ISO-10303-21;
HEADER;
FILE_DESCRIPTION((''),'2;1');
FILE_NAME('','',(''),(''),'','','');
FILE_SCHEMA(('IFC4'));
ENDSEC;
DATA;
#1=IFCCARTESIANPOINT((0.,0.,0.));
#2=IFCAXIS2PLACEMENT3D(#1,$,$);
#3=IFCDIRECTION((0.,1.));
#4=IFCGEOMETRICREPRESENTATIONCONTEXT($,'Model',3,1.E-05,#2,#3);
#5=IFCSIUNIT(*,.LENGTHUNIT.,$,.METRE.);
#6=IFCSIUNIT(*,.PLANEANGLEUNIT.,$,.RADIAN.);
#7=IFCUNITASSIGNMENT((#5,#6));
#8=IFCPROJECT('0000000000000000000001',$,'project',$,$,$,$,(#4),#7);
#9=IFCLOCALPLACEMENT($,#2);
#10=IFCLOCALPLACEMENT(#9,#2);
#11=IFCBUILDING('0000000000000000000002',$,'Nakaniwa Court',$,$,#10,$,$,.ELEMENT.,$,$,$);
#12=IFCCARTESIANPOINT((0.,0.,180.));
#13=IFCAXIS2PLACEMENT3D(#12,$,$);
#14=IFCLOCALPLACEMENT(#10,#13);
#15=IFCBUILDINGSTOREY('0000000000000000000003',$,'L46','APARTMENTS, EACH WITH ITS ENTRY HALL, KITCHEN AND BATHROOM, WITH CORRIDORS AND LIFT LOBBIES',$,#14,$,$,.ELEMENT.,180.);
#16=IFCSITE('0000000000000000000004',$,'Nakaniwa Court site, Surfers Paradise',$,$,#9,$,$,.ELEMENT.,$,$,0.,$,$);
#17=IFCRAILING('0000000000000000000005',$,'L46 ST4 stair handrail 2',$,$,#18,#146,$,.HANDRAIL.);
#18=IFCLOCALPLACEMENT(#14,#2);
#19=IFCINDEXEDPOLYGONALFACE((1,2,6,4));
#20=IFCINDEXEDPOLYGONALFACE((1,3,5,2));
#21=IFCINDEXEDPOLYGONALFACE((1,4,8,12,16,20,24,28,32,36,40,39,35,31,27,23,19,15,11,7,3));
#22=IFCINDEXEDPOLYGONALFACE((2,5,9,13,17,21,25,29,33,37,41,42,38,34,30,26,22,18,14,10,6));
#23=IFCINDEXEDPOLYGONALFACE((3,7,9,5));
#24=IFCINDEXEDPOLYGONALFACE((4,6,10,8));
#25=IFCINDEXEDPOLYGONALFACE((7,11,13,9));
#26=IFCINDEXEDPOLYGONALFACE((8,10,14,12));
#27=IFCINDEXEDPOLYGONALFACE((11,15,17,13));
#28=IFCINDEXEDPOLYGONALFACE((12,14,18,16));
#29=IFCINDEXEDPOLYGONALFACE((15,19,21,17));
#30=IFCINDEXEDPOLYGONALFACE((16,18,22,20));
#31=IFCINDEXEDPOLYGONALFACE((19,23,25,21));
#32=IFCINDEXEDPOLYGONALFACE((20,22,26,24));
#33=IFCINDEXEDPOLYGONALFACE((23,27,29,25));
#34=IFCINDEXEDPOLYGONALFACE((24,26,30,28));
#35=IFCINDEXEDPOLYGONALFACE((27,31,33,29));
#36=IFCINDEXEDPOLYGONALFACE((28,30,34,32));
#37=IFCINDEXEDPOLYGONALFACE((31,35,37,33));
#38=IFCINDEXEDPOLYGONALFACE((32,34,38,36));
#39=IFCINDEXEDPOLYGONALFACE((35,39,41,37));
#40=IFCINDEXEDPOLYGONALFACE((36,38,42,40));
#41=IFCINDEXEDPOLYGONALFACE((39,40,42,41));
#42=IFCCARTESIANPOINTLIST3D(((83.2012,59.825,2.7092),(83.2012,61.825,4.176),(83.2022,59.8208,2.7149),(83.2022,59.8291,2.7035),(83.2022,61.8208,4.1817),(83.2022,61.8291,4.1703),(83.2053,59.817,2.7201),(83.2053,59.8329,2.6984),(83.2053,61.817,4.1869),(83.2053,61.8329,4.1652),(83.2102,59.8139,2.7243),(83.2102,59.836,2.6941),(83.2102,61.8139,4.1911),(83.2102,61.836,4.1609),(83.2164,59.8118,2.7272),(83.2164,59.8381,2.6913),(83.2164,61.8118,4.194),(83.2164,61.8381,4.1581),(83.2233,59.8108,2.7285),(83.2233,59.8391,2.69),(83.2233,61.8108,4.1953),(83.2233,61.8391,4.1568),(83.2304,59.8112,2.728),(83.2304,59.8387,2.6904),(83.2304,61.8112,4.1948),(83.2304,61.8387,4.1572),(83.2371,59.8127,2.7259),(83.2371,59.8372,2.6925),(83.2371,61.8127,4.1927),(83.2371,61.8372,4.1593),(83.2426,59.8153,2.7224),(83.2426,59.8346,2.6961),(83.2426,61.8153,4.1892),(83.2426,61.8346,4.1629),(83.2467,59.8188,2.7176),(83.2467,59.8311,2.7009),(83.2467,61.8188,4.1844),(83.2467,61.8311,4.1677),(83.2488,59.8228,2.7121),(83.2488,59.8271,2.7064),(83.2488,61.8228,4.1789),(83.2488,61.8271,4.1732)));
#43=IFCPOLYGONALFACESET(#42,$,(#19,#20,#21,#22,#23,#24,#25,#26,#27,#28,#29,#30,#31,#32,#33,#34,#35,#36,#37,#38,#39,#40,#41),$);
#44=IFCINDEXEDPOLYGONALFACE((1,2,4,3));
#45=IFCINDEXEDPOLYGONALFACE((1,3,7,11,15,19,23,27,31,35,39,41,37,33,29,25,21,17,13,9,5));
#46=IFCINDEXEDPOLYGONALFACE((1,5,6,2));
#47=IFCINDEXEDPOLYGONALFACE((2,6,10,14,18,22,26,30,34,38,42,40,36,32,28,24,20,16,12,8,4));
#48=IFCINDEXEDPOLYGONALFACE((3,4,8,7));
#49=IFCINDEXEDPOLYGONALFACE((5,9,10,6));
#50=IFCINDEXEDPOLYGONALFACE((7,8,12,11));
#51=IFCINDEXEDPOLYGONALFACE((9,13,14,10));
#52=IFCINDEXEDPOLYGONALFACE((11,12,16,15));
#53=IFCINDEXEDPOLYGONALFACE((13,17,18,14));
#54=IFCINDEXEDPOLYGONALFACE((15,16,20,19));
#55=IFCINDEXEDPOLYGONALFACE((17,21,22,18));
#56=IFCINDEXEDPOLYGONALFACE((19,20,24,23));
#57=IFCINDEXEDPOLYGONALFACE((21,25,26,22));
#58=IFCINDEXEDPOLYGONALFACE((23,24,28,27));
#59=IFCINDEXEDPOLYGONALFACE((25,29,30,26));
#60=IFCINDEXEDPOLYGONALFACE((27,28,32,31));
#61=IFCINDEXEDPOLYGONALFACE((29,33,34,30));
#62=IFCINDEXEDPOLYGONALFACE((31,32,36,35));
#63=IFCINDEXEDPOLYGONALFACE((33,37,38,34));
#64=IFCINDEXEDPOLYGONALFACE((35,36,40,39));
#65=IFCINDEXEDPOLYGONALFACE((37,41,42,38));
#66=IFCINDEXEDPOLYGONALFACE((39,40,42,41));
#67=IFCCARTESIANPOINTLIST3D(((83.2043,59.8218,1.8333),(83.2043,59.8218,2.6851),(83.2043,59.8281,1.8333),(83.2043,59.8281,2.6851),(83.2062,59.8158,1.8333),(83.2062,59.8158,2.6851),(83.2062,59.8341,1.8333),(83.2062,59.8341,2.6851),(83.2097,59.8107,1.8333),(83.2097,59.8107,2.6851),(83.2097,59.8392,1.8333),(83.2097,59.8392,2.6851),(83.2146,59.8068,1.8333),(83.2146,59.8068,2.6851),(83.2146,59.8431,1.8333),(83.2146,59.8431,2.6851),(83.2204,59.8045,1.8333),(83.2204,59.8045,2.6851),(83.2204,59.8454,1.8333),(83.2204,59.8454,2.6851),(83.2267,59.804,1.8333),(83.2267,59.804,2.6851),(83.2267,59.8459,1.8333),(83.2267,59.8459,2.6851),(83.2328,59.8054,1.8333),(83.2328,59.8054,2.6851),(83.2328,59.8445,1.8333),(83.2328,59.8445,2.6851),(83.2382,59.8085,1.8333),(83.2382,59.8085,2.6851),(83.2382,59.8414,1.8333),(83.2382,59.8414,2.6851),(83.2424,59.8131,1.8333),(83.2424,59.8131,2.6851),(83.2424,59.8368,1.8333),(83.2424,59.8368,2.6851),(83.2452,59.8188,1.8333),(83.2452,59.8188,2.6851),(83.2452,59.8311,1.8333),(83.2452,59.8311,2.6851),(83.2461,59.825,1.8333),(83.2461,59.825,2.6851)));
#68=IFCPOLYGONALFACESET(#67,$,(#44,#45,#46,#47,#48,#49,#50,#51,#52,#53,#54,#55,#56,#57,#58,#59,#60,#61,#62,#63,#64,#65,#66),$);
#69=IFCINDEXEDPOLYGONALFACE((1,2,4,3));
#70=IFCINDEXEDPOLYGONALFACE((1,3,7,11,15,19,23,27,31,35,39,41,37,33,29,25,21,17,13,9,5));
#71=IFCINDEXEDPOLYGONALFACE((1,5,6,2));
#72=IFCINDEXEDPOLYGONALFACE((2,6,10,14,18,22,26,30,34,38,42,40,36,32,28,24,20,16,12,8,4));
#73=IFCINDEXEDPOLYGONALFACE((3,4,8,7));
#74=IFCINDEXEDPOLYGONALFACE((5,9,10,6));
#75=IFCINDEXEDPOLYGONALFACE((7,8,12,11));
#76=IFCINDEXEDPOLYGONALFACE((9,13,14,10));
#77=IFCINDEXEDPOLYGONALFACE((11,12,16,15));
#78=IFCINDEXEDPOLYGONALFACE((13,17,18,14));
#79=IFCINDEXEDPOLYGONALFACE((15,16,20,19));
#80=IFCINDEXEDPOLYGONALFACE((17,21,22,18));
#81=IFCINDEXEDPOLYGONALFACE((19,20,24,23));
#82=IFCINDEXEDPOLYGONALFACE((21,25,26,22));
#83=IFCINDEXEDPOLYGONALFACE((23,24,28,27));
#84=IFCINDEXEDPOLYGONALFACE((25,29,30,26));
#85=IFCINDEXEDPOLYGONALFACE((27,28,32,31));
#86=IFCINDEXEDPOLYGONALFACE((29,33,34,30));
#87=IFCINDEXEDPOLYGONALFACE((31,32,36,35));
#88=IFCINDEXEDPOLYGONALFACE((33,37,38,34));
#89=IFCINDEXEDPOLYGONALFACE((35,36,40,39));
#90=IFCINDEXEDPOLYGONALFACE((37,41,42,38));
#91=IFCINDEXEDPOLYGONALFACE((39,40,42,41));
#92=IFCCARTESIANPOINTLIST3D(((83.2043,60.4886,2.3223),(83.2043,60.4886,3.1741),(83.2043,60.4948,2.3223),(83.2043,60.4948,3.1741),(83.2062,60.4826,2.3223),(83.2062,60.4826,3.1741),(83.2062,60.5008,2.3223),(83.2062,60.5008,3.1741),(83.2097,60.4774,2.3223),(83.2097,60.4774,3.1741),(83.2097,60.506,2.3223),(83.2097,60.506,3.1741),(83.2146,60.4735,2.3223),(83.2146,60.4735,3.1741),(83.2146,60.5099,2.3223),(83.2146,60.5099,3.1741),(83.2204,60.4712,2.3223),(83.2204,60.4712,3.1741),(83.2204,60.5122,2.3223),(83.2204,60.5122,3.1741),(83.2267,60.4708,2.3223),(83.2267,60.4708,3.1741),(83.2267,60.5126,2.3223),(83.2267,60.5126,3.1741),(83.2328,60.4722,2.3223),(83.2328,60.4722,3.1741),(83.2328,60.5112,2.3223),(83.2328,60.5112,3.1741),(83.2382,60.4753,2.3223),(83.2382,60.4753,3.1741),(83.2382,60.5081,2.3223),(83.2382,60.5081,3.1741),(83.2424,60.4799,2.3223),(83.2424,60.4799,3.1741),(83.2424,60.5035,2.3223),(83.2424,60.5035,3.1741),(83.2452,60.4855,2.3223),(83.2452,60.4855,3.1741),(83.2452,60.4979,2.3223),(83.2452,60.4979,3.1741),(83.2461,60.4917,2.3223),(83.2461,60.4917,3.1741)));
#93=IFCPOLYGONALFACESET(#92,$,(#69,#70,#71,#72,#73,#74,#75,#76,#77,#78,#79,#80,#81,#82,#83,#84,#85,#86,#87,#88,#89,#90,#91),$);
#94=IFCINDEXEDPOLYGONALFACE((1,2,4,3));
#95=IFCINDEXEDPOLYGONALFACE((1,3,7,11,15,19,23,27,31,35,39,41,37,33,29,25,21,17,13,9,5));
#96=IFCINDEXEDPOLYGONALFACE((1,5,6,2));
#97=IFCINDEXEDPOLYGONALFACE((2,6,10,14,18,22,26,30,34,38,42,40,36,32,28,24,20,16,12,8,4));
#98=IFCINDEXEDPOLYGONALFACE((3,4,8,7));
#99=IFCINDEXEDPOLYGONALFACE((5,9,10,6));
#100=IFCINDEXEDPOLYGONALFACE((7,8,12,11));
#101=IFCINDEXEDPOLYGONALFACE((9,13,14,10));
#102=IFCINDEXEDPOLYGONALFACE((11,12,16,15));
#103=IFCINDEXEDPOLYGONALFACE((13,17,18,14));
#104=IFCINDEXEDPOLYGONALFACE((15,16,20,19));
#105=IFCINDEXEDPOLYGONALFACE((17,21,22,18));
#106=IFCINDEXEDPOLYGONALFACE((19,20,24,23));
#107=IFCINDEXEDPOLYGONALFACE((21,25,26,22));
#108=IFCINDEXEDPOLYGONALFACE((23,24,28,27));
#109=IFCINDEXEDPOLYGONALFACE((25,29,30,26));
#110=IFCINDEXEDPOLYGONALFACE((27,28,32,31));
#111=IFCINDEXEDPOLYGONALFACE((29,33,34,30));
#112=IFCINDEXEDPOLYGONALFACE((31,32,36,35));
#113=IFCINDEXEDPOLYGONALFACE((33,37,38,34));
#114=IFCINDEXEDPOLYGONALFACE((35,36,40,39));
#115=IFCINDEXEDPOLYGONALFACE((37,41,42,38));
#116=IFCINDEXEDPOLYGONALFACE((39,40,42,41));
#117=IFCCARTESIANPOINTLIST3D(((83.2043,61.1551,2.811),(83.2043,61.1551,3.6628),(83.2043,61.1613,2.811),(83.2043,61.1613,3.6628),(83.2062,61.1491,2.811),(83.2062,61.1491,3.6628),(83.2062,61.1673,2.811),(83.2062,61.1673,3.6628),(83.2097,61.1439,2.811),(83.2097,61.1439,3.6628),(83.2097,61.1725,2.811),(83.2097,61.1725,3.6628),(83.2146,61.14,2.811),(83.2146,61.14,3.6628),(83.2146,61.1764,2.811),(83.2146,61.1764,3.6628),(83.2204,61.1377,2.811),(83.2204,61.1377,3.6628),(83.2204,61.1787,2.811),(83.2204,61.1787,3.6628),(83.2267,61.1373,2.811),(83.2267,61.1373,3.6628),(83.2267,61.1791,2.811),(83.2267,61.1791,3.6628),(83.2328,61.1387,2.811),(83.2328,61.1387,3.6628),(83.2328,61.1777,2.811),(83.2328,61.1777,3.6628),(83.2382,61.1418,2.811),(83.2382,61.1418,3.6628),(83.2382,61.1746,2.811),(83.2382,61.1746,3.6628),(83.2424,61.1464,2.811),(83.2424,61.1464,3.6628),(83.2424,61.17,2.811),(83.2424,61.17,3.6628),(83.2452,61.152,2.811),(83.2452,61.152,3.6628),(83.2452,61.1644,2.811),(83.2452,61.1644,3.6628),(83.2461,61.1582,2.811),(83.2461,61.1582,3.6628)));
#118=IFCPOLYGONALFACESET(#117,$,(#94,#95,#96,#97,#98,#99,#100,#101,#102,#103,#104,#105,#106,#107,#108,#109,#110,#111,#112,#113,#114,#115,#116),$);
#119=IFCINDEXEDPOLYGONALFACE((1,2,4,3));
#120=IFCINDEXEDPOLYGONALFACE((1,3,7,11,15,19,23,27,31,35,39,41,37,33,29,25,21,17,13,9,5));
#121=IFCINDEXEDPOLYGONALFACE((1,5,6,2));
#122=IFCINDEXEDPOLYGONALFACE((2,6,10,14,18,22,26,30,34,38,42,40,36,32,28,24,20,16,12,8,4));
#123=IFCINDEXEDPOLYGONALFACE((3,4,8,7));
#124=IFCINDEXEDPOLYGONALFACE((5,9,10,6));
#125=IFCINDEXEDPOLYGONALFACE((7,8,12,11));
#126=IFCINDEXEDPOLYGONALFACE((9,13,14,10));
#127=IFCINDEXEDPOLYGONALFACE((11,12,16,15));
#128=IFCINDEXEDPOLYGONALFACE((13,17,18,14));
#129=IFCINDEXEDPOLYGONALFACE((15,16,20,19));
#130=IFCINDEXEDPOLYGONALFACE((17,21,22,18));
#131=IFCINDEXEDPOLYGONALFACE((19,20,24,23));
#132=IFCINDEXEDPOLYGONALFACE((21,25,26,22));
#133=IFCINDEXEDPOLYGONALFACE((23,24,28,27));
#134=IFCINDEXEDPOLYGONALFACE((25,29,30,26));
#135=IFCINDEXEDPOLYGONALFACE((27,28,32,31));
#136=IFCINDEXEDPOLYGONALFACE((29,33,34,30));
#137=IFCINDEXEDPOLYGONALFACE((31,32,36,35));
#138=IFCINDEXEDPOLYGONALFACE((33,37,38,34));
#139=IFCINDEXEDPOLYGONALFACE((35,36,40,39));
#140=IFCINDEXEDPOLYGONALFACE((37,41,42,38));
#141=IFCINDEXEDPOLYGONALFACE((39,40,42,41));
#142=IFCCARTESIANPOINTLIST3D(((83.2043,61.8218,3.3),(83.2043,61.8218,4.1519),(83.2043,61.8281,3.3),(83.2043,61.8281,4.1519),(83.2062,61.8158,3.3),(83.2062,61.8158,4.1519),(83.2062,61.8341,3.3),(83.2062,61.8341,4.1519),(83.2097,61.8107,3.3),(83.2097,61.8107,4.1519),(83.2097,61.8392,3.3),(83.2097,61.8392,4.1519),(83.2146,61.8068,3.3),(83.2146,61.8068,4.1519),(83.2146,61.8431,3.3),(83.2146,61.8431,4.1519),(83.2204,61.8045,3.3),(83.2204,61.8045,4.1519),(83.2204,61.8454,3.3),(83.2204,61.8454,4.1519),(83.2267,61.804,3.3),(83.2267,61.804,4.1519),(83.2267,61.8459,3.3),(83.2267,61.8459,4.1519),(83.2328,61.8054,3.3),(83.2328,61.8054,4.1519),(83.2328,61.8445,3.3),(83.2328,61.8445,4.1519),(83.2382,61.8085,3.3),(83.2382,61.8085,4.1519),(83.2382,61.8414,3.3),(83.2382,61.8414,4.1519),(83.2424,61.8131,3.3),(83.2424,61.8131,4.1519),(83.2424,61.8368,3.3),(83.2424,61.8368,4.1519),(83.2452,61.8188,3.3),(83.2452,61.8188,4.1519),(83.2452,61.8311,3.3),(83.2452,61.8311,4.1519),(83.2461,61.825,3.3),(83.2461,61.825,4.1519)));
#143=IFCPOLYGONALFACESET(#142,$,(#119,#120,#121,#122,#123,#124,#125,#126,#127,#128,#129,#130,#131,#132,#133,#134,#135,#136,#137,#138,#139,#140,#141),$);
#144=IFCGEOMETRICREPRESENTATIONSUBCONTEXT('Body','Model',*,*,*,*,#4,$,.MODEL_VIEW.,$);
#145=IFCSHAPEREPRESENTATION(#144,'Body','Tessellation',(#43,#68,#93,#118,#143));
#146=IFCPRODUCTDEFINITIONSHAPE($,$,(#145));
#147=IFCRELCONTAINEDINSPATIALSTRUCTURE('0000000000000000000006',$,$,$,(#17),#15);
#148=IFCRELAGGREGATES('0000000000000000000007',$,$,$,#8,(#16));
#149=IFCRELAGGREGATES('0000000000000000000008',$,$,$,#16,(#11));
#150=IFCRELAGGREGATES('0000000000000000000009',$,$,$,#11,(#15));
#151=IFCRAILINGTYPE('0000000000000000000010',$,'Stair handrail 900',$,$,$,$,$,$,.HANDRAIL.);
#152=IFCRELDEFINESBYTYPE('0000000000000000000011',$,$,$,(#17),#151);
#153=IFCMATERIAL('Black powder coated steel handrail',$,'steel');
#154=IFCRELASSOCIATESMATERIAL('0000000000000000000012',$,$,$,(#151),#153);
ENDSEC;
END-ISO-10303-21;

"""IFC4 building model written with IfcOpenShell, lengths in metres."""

from ifc_helpers import new_model, si_unit, direction, frame, origin, origin_2d, place, context, subcontext, project, spatial, circle, extrude, material, type_object, element, save


model = new_model("IFC4")

# Units and contexts
model_context = context("Model", 3, precision=1e-05, world=origin(), true_north=direction((0.0, 1.0)))
body_context = subcontext(model_context, "Body", "Model", "MODEL_VIEW")
ifc_project = project(units=[si_unit("LENGTHUNIT", "METRE"), si_unit("PLANEANGLEUNIT", "RADIAN")], contexts=[model_context])

# Site, building, storey
site_placement = place(None, origin())
site = spatial("IfcSite", under=ifc_project, at=site_placement, Name="Nakaniwa Court site, Surfers Paradise", CompositionType="ELEMENT", RefElevation=0.0)
building_placement = place(site_placement, origin())
building = spatial("IfcBuilding", under=site, at=building_placement, Name="Nakaniwa Court", CompositionType="ELEMENT")
storey_placement = place(building_placement, frame((0.0, 0.0, 180.0)))
storey = spatial("IfcBuildingStorey", under=building, at=storey_placement, Name="L46", Description="APARTMENTS, EACH WITH ITS ENTRY HALL, KITCHEN AND BATHROOM, WITH CORRIDORS AND LIFT LOBBIES", CompositionType="ELEMENT", Elevation=180.0)

# Railing
ifc_material_1 = material(Name="Black powder coated steel handrail", Category="steel")
railing_type_1 = type_object("IfcRailingType", Name="Stair handrail 900", PredefinedType="HANDRAIL", material=ifc_material_1)
railing_1_placement = place(storey_placement, frame((83.2251, 59.825, 1.8333)))
element("IfcRailing", 1, at=railing_1_placement, inside=storey, type_object=railing_type_1, Name="L46 ST4 stair handrail 2", PredefinedType="HANDRAIL", context=body_context, shape_type="SweptSolid", body=[
    extrude(circle(Radius=0.0239, at=origin_2d()), frame((0.0, 0.0, 0.876), z_axis=(0.0, 0.80638, 0.591398), x_axis=(-1.0, 0.0, 0.0)), (0.0, 0.0, 1.0), 2.4802),
    extrude(circle(Radius=0.021, at=origin_2d()), origin(), (0.0, 0.0, 1.0), 0.8518),
    extrude(circle(Radius=0.021, at=origin_2d()), frame((0.0, 0.6667, 0.489)), (0.0, 0.0, 1.0), 0.8518),
    extrude(circle(Radius=0.021, at=origin_2d()), frame((0.0, 1.3333, 0.9778)), (0.0, 0.0, 1.0), 0.8518),
    extrude(circle(Radius=0.021, at=origin_2d()), frame((0.0, 2.0, 1.4668)), (0.0, 0.0, 1.0), 0.8518),
])

save(model, "model.ifc")
